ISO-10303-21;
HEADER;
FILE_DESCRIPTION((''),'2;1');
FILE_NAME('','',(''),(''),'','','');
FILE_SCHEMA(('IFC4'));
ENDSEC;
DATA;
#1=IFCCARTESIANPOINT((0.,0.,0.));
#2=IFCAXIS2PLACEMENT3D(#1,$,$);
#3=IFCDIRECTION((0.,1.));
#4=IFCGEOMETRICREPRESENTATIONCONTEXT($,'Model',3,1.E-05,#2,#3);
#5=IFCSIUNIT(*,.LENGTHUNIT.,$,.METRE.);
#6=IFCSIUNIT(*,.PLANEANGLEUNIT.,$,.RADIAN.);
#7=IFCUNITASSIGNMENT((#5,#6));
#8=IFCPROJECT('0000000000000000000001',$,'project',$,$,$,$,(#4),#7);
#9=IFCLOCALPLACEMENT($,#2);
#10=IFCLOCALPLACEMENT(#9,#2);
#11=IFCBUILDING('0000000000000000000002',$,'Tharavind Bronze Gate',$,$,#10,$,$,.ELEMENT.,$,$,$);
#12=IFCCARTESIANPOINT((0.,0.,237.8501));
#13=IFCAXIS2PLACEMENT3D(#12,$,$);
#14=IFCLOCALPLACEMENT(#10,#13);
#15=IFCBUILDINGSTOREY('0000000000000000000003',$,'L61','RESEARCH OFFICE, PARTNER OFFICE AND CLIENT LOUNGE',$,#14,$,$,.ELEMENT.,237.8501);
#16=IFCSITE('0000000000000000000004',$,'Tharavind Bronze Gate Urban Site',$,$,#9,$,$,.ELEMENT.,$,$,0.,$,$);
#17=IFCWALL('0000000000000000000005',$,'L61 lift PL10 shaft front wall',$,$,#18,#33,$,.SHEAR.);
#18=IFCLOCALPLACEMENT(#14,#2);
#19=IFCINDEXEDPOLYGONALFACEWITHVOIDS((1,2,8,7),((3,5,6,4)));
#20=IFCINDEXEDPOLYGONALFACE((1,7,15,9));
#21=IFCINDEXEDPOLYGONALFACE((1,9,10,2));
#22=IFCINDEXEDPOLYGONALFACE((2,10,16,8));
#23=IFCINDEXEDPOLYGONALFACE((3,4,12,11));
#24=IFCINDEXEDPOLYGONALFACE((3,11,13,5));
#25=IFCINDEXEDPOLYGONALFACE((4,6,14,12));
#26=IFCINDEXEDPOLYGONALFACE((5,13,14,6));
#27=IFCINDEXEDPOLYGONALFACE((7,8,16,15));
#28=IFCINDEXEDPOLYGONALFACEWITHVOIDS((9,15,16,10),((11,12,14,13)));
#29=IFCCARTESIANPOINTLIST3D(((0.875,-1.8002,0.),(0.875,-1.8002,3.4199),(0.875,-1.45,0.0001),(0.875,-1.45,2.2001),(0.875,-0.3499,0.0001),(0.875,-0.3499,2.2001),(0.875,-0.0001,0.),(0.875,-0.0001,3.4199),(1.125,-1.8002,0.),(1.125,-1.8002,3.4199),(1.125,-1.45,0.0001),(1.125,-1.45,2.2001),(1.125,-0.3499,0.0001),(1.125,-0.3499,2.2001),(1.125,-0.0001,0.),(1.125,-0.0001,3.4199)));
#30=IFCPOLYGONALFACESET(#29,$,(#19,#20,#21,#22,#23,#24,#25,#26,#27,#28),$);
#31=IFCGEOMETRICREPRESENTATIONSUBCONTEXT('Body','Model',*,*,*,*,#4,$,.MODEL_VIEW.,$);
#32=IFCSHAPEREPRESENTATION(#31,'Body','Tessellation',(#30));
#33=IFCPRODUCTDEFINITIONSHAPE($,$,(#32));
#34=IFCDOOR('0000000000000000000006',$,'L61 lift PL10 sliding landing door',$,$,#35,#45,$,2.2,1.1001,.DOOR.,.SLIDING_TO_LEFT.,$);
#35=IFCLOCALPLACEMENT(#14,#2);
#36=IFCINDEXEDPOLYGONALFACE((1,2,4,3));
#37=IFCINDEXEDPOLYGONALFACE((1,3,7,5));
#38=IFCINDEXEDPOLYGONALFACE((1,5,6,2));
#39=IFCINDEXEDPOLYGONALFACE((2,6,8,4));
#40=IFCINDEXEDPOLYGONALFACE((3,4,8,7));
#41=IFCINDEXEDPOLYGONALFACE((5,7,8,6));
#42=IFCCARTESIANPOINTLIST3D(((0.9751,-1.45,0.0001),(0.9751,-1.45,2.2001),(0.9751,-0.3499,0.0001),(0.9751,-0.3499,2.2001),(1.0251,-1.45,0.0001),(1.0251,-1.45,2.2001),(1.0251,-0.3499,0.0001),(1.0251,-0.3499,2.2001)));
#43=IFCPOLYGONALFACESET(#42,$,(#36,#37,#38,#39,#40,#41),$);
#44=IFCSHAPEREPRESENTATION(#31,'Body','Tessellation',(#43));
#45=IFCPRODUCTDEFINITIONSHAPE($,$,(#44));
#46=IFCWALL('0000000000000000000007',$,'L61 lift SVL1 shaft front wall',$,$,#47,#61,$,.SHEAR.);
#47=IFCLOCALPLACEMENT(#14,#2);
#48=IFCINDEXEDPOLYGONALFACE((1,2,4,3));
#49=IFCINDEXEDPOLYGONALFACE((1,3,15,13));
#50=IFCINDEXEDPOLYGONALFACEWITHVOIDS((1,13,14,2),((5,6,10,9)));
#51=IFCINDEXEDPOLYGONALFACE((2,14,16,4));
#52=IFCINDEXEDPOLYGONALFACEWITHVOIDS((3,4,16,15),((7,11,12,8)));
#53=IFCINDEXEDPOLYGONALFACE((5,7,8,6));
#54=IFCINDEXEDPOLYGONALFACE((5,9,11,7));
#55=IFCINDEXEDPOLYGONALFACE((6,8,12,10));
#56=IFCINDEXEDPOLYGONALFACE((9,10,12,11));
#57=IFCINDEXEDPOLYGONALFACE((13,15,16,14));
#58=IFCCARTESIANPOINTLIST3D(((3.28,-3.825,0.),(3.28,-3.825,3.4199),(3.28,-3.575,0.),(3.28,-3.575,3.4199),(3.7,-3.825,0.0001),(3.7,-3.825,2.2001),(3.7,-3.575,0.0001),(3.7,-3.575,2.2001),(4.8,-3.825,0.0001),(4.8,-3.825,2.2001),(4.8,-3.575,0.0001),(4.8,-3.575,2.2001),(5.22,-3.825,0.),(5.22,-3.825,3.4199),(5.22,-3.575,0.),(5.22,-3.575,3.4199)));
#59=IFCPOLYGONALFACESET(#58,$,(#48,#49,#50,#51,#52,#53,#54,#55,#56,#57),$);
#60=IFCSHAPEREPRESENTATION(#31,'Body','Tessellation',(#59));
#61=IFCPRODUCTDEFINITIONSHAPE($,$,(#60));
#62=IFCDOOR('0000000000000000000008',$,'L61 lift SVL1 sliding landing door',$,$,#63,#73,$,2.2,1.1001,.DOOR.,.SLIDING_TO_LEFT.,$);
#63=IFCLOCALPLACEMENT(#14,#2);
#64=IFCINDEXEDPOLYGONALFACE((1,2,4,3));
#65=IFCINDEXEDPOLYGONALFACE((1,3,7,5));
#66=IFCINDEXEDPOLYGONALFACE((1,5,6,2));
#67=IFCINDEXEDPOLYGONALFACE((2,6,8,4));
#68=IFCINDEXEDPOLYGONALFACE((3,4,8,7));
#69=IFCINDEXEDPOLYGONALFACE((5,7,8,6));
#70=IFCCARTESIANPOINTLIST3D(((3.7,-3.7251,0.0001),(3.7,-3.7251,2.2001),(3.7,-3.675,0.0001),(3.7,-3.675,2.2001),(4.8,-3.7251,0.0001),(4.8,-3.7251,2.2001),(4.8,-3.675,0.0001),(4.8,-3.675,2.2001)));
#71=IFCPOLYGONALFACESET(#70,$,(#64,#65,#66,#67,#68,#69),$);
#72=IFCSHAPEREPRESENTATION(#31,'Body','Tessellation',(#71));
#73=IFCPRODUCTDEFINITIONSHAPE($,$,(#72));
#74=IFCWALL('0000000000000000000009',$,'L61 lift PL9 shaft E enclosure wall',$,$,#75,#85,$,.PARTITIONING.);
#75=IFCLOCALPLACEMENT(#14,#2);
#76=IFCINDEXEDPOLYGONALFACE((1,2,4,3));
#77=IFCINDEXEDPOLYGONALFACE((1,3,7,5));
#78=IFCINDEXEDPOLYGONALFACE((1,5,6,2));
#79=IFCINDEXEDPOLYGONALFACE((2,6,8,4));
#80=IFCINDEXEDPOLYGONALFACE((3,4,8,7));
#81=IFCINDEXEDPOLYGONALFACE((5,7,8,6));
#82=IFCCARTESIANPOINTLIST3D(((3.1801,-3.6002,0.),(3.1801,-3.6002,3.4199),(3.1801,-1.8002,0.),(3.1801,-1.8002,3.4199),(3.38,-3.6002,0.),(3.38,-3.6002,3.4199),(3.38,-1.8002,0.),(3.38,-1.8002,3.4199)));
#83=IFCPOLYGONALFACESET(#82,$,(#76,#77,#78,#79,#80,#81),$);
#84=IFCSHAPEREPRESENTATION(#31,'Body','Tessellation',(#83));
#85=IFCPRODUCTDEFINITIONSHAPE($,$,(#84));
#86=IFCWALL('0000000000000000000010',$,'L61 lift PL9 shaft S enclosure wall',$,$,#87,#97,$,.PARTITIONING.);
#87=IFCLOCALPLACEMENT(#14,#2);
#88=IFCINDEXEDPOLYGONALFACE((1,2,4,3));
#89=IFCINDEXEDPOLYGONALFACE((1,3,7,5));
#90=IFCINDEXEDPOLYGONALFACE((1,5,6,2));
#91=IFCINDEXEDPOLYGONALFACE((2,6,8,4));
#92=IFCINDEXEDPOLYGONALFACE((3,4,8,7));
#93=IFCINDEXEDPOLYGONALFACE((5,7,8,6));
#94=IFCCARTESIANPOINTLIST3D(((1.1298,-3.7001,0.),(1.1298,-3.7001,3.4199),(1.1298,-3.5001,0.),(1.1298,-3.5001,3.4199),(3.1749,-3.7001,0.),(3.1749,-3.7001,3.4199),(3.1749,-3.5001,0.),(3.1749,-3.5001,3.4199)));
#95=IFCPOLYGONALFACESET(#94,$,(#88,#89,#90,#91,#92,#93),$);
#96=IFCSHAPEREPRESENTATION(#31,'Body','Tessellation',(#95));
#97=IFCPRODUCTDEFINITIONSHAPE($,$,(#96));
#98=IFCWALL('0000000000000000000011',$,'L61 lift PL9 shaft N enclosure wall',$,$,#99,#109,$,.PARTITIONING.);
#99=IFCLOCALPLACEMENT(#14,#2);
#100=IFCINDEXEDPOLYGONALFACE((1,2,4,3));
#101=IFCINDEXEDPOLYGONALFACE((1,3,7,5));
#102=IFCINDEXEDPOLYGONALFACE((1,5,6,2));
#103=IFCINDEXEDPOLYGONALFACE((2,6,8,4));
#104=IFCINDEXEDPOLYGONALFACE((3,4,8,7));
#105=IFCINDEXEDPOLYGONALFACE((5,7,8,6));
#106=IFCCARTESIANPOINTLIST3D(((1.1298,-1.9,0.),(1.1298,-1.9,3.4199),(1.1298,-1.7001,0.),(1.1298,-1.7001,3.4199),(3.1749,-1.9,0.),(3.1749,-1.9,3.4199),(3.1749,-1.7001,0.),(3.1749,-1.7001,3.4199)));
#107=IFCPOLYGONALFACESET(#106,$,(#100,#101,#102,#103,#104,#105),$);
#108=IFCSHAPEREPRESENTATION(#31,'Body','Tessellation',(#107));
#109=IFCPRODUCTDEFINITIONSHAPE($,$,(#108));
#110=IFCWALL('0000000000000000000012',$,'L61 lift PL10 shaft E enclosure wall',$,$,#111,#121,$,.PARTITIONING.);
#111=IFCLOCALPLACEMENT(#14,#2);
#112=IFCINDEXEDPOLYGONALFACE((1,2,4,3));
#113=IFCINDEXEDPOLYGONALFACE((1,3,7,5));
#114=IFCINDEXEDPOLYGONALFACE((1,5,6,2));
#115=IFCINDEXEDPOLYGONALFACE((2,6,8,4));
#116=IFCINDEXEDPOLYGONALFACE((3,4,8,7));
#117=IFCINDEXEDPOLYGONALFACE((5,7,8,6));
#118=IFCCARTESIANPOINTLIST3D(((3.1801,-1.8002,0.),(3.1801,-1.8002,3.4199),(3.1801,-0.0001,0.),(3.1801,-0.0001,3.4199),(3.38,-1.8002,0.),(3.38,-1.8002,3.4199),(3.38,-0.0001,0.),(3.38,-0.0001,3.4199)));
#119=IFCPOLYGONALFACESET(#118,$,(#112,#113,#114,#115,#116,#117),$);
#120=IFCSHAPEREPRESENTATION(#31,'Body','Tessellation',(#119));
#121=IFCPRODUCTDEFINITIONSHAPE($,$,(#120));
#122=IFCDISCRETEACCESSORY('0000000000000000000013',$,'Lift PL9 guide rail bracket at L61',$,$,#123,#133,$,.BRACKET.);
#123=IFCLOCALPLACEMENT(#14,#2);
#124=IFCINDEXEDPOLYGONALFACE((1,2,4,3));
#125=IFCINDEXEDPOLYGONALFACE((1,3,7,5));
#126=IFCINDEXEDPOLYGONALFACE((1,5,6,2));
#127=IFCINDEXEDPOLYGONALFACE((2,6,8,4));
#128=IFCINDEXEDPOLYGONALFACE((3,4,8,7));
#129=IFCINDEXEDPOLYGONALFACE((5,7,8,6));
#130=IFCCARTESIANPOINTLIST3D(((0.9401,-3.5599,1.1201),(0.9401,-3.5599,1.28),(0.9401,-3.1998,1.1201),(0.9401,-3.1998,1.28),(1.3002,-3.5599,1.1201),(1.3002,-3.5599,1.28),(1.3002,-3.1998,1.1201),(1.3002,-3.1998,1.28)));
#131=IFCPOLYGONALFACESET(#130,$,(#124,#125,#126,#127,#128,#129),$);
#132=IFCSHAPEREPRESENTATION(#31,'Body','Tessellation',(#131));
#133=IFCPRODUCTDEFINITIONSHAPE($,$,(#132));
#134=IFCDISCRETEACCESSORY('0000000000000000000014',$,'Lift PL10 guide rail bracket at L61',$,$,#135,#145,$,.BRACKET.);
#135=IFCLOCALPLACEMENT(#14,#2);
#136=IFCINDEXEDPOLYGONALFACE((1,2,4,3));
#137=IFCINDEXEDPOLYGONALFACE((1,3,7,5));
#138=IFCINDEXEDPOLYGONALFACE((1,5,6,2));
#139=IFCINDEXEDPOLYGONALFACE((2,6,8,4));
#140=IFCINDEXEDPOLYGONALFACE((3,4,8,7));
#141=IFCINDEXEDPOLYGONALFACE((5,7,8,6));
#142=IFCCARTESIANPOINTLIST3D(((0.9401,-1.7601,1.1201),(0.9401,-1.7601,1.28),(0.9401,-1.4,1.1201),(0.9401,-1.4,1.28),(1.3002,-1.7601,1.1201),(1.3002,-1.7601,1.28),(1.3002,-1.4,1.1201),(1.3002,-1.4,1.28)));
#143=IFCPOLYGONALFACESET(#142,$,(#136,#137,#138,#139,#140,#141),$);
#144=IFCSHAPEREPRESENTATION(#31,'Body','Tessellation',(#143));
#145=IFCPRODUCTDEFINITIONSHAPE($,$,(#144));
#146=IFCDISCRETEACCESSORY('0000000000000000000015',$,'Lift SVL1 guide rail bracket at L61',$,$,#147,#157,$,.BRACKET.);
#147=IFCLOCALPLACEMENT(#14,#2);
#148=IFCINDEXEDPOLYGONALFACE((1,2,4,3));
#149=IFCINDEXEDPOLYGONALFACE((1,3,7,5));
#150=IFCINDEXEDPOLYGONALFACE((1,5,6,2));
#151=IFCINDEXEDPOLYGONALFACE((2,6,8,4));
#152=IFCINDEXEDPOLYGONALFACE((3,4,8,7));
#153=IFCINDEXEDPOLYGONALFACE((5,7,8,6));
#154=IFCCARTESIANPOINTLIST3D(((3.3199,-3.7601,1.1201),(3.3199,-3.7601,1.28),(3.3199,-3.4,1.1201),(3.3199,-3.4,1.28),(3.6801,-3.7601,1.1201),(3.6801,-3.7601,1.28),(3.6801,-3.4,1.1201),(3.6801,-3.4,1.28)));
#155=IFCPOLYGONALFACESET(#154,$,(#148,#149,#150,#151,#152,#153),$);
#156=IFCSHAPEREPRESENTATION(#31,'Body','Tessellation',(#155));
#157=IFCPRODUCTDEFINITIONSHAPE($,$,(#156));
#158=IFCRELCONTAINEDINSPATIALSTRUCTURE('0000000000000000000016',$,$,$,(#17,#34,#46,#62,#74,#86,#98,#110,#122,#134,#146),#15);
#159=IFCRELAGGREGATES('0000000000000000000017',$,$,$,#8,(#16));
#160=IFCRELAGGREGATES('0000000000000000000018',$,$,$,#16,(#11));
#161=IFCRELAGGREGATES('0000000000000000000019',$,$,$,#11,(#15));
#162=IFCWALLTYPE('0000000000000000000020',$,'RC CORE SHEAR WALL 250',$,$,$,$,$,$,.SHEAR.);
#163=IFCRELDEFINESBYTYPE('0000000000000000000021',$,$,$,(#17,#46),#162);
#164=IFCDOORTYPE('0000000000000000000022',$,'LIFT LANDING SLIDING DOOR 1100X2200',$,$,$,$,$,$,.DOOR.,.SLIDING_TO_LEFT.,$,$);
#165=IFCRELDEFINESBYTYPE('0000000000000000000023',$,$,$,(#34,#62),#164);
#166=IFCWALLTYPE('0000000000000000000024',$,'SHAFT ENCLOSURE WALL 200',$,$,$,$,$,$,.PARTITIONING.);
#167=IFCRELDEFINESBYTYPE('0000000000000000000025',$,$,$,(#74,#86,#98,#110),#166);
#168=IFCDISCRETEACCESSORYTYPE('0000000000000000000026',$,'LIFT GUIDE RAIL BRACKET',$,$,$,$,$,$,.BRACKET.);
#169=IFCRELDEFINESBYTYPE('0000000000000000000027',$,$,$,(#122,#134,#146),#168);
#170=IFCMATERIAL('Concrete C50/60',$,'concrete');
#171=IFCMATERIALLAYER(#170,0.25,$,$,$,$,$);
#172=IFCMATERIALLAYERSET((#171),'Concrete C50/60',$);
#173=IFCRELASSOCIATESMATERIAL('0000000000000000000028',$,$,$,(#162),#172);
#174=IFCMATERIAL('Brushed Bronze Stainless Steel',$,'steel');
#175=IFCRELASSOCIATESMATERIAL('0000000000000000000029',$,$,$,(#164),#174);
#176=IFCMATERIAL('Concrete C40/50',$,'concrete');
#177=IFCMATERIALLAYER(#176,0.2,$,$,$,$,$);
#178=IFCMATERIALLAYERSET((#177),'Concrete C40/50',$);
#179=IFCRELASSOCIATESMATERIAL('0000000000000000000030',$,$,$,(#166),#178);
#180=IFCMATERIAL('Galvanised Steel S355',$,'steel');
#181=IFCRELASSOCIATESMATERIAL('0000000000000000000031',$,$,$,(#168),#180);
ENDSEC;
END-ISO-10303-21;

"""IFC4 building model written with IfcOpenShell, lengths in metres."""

from ifc_helpers import new_model, si_unit, direction, frame, frame_2d, origin, origin_2d, place, context, subcontext, project, spatial, rectangle, extrude, material, layer, layer_set, type_object, element, fill, save


model = new_model("IFC4")

# Units and contexts
model_context = context("Model", 3, precision=1e-05, world=origin(), true_north=direction((0.0, 1.0)))
body_context = subcontext(model_context, "Body", "Model", "MODEL_VIEW")
ifc_project = project(units=[si_unit("LENGTHUNIT", "METRE"), si_unit("PLANEANGLEUNIT", "RADIAN")], contexts=[model_context])

# Site, building, storey
site_placement = place(None, origin())
site = spatial("IfcSite", under=ifc_project, at=site_placement, Name="Tharavind Bronze Gate Urban Site", CompositionType="ELEMENT", RefElevation=0.0)
building_placement = place(site_placement, origin())
building = spatial("IfcBuilding", under=site, at=building_placement, Name="Tharavind Bronze Gate", CompositionType="ELEMENT")
storey_placement = place(building_placement, frame((0.0, 0.0, 237.8501)))
storey = spatial("IfcBuildingStorey", under=building, at=storey_placement, Name="L61", Description="RESEARCH OFFICE, PARTNER OFFICE AND CLIENT LOUNGE", CompositionType="ELEMENT", Elevation=237.8501)

# Shared definitions
ifc_material_1 = material(Name="Concrete C50/60", Category="concrete")
ifc_layer_1 = layer(ifc_material_1, 0.25)
ifc_layer_set_1 = layer_set([ifc_layer_1], Name="Concrete C50/60")
wall_type_1 = type_object("IfcWallType", Name="RC CORE SHEAR WALL 250", PredefinedType="SHEAR", material=ifc_layer_set_1)

# Walls, openings, doors
ifc_material_2 = material(Name="Brushed Bronze Stainless Steel", Category="steel")
door_type = type_object("IfcDoorType", Name="LIFT LANDING SLIDING DOOR 1100X2200", OperationType="SLIDING_TO_LEFT", PredefinedType="DOOR", material=ifc_material_2)
wall_1_placement = place(storey_placement, frame((1.0, -1.8, 0.0), z_axis=(0.0, 0.0, 1.0), x_axis=(0.0, 1.0, 0.0)))
wall_1 = element("IfcWall", 1, at=wall_1_placement, inside=storey, type_object=wall_type_1, Name="L61 lift PL10 shaft front wall", PredefinedType="SHEAR", context=body_context, shape_type="SweptSolid", body=[
    extrude(rectangle(XDim=1.8, YDim=0.25, at=frame_2d((0.8999, 0.0))), origin(), (0.0, 0.0, 1.0), 3.4199),
])
opening_1_placement = place(wall_1_placement, frame((0.3501, 0.0, 0.0)))
opening_1 = element("IfcOpeningElement", 2, at=opening_1_placement, cuts=wall_1, PredefinedType="OPENING", context=body_context, shape_type="SweptSolid", body=[
    extrude(rectangle(XDim=1.1001, YDim=2.2, at=frame_2d((0.55, 1.1001))), frame((0.0, 0.135, 0.0), z_axis=(0.0, -1.0, 0.0), x_axis=(1.0, 0.0, 0.0)), (0.0, 0.0, 1.0), 0.27),
])
door_1_placement = place(opening_1_placement, origin())
door_1 = element("IfcDoor", 3, at=door_1_placement, inside=storey, type_object=door_type, Name="L61 lift PL10 sliding landing door", OperationType="SLIDING_TO_LEFT", OverallHeight=2.2, OverallWidth=1.1001, PredefinedType="DOOR", context=body_context, shape_type="SweptSolid", body=[
    extrude(rectangle(XDim=1.1001, YDim=2.2, at=frame_2d((0.55, 1.1001))), frame((0.0, 0.0249, 0.0), z_axis=(0.0, -1.0, 0.0), x_axis=(1.0, 0.0, 0.0)), (0.0, 0.0, 1.0), 0.05),
])
fill(opening_1, door_1)
wall_2_placement = place(storey_placement, frame((3.28, -3.7, 0.0), z_axis=(0.0, 0.0, 1.0), x_axis=(1.0, 0.0, 0.0)))
wall_2 = element("IfcWall", 4, at=wall_2_placement, inside=storey, type_object=wall_type_1, Name="L61 lift SVL1 shaft front wall", PredefinedType="SHEAR", context=body_context, shape_type="SweptSolid", body=[
    extrude(rectangle(XDim=1.9399, YDim=0.25, at=frame_2d((0.97, 0.0))), origin(), (0.0, 0.0, 1.0), 3.4199),
])
opening_2_placement = place(wall_2_placement, frame((0.4199, 0.0, 0.0)))
opening_2 = element("IfcOpeningElement", 5, at=opening_2_placement, cuts=wall_2, PredefinedType="OPENING", context=body_context, shape_type="SweptSolid", body=[
    extrude(rectangle(XDim=1.1001, YDim=2.2, at=frame_2d((0.55, 1.1001))), frame((0.0, 0.135, 0.0), z_axis=(0.0, -1.0, 0.0), x_axis=(1.0, 0.0, 0.0)), (0.0, 0.0, 1.0), 0.27),
])
door_2_placement = place(opening_2_placement, origin())
door_2 = element("IfcDoor", 6, at=door_2_placement, inside=storey, type_object=door_type, Name="L61 lift SVL1 sliding landing door", OperationType="SLIDING_TO_LEFT", OverallHeight=2.2, OverallWidth=1.1001, PredefinedType="DOOR", context=body_context, shape_type="SweptSolid", body=[
    extrude(rectangle(XDim=1.1001, YDim=2.2, at=frame_2d((0.55, 1.1001))), frame((0.0, 0.0249, 0.0), z_axis=(0.0, -1.0, 0.0), x_axis=(1.0, 0.0, 0.0)), (0.0, 0.0, 1.0), 0.05),
])
fill(opening_2, door_2)

# Walls
ifc_material_3 = material(Name="Concrete C40/50", Category="concrete")
ifc_layer_2 = layer(ifc_material_3, 0.2)
ifc_layer_set_2 = layer_set([ifc_layer_2], Name="Concrete C40/50")
wall_type_2 = type_object("IfcWallType", Name="SHAFT ENCLOSURE WALL 200", PredefinedType="PARTITIONING", material=ifc_layer_set_2)
wall_3_placement = place(storey_placement, frame((3.28, -3.6001, 0.0), z_axis=(0.0, 0.0, 1.0), x_axis=(0.0, 1.0, 0.0)))
element("IfcWall", 7, at=wall_3_placement, inside=storey, type_object=wall_type_2, Name="L61 lift PL9 shaft E enclosure wall", PredefinedType="PARTITIONING", context=body_context, shape_type="SweptSolid", body=[
    extrude(rectangle(XDim=1.8, YDim=0.2, at=frame_2d((0.8999, 0.0))), origin(), (0.0, 0.0, 1.0), 3.4199),
])
for number, where, z_axis, x_axis, name in (
    (8, (1.1299, -3.6001, 0.0), (0.0, 0.0, 1.0), (1.0, 0.0, 0.0), "L61 lift PL9 shaft S enclosure wall"),
    (9, (1.1299, -1.8, 0.0), (0.0, 0.0, 1.0), (1.0, 0.0, 0.0), "L61 lift PL9 shaft N enclosure wall"),
):
    element("IfcWall", number, at=place(storey_placement, frame(where, z_axis=z_axis, x_axis=x_axis)), inside=storey, type_object=wall_type_2, Name=name, PredefinedType="PARTITIONING", context=body_context, shape_type="SweptSolid", body=[
        extrude(rectangle(XDim=2.0452, YDim=0.2, at=frame_2d((1.0225, 0.0))), origin(), (0.0, 0.0, 1.0), 3.4199),
    ])
wall_4_placement = place(storey_placement, frame((3.28, -1.8, 0.0), z_axis=(0.0, 0.0, 1.0), x_axis=(0.0, 1.0, 0.0)))
element("IfcWall", 10, at=wall_4_placement, inside=storey, type_object=wall_type_2, Name="L61 lift PL10 shaft E enclosure wall", PredefinedType="PARTITIONING", context=body_context, shape_type="SweptSolid", body=[
    extrude(rectangle(XDim=1.8, YDim=0.2, at=frame_2d((0.8999, 0.0))), origin(), (0.0, 0.0, 1.0), 3.4199),
])

# Discrete accessories
ifc_material_4 = material(Name="Galvanised Steel S355", Category="steel")
discrete_accessory_type = type_object("IfcDiscreteAccessoryType", Name="LIFT GUIDE RAIL BRACKET", PredefinedType="BRACKET", material=ifc_material_4)
for number, where, z_axis, x_axis, name in (
    (11, (1.1201, -3.3799, 1.1201), (0.0, 0.0, 1.0), (1.0, 0.0, 0.0), "Lift PL9 guide rail bracket at L61"),
    (12, (1.1201, -1.5801, 1.1201), (0.0, 0.0, 1.0), (1.0, 0.0, 0.0), "Lift PL10 guide rail bracket at L61"),
    (13, (3.5, -3.5801, 1.1201), (0.0, 0.0, 1.0), (1.0, 0.0, 0.0), "Lift SVL1 guide rail bracket at L61"),
):
    element("IfcDiscreteAccessory", number, at=place(storey_placement, frame(where, z_axis=z_axis, x_axis=x_axis)), inside=storey, type_object=discrete_accessory_type, Name=name, PredefinedType="BRACKET", context=body_context, shape_type="SweptSolid", body=[
        extrude(rectangle(XDim=0.3601, YDim=0.3601, at=origin_2d()), origin(), (0.0, 0.0, 1.0), 0.1599),
    ])

save(model, "model.ifc")
